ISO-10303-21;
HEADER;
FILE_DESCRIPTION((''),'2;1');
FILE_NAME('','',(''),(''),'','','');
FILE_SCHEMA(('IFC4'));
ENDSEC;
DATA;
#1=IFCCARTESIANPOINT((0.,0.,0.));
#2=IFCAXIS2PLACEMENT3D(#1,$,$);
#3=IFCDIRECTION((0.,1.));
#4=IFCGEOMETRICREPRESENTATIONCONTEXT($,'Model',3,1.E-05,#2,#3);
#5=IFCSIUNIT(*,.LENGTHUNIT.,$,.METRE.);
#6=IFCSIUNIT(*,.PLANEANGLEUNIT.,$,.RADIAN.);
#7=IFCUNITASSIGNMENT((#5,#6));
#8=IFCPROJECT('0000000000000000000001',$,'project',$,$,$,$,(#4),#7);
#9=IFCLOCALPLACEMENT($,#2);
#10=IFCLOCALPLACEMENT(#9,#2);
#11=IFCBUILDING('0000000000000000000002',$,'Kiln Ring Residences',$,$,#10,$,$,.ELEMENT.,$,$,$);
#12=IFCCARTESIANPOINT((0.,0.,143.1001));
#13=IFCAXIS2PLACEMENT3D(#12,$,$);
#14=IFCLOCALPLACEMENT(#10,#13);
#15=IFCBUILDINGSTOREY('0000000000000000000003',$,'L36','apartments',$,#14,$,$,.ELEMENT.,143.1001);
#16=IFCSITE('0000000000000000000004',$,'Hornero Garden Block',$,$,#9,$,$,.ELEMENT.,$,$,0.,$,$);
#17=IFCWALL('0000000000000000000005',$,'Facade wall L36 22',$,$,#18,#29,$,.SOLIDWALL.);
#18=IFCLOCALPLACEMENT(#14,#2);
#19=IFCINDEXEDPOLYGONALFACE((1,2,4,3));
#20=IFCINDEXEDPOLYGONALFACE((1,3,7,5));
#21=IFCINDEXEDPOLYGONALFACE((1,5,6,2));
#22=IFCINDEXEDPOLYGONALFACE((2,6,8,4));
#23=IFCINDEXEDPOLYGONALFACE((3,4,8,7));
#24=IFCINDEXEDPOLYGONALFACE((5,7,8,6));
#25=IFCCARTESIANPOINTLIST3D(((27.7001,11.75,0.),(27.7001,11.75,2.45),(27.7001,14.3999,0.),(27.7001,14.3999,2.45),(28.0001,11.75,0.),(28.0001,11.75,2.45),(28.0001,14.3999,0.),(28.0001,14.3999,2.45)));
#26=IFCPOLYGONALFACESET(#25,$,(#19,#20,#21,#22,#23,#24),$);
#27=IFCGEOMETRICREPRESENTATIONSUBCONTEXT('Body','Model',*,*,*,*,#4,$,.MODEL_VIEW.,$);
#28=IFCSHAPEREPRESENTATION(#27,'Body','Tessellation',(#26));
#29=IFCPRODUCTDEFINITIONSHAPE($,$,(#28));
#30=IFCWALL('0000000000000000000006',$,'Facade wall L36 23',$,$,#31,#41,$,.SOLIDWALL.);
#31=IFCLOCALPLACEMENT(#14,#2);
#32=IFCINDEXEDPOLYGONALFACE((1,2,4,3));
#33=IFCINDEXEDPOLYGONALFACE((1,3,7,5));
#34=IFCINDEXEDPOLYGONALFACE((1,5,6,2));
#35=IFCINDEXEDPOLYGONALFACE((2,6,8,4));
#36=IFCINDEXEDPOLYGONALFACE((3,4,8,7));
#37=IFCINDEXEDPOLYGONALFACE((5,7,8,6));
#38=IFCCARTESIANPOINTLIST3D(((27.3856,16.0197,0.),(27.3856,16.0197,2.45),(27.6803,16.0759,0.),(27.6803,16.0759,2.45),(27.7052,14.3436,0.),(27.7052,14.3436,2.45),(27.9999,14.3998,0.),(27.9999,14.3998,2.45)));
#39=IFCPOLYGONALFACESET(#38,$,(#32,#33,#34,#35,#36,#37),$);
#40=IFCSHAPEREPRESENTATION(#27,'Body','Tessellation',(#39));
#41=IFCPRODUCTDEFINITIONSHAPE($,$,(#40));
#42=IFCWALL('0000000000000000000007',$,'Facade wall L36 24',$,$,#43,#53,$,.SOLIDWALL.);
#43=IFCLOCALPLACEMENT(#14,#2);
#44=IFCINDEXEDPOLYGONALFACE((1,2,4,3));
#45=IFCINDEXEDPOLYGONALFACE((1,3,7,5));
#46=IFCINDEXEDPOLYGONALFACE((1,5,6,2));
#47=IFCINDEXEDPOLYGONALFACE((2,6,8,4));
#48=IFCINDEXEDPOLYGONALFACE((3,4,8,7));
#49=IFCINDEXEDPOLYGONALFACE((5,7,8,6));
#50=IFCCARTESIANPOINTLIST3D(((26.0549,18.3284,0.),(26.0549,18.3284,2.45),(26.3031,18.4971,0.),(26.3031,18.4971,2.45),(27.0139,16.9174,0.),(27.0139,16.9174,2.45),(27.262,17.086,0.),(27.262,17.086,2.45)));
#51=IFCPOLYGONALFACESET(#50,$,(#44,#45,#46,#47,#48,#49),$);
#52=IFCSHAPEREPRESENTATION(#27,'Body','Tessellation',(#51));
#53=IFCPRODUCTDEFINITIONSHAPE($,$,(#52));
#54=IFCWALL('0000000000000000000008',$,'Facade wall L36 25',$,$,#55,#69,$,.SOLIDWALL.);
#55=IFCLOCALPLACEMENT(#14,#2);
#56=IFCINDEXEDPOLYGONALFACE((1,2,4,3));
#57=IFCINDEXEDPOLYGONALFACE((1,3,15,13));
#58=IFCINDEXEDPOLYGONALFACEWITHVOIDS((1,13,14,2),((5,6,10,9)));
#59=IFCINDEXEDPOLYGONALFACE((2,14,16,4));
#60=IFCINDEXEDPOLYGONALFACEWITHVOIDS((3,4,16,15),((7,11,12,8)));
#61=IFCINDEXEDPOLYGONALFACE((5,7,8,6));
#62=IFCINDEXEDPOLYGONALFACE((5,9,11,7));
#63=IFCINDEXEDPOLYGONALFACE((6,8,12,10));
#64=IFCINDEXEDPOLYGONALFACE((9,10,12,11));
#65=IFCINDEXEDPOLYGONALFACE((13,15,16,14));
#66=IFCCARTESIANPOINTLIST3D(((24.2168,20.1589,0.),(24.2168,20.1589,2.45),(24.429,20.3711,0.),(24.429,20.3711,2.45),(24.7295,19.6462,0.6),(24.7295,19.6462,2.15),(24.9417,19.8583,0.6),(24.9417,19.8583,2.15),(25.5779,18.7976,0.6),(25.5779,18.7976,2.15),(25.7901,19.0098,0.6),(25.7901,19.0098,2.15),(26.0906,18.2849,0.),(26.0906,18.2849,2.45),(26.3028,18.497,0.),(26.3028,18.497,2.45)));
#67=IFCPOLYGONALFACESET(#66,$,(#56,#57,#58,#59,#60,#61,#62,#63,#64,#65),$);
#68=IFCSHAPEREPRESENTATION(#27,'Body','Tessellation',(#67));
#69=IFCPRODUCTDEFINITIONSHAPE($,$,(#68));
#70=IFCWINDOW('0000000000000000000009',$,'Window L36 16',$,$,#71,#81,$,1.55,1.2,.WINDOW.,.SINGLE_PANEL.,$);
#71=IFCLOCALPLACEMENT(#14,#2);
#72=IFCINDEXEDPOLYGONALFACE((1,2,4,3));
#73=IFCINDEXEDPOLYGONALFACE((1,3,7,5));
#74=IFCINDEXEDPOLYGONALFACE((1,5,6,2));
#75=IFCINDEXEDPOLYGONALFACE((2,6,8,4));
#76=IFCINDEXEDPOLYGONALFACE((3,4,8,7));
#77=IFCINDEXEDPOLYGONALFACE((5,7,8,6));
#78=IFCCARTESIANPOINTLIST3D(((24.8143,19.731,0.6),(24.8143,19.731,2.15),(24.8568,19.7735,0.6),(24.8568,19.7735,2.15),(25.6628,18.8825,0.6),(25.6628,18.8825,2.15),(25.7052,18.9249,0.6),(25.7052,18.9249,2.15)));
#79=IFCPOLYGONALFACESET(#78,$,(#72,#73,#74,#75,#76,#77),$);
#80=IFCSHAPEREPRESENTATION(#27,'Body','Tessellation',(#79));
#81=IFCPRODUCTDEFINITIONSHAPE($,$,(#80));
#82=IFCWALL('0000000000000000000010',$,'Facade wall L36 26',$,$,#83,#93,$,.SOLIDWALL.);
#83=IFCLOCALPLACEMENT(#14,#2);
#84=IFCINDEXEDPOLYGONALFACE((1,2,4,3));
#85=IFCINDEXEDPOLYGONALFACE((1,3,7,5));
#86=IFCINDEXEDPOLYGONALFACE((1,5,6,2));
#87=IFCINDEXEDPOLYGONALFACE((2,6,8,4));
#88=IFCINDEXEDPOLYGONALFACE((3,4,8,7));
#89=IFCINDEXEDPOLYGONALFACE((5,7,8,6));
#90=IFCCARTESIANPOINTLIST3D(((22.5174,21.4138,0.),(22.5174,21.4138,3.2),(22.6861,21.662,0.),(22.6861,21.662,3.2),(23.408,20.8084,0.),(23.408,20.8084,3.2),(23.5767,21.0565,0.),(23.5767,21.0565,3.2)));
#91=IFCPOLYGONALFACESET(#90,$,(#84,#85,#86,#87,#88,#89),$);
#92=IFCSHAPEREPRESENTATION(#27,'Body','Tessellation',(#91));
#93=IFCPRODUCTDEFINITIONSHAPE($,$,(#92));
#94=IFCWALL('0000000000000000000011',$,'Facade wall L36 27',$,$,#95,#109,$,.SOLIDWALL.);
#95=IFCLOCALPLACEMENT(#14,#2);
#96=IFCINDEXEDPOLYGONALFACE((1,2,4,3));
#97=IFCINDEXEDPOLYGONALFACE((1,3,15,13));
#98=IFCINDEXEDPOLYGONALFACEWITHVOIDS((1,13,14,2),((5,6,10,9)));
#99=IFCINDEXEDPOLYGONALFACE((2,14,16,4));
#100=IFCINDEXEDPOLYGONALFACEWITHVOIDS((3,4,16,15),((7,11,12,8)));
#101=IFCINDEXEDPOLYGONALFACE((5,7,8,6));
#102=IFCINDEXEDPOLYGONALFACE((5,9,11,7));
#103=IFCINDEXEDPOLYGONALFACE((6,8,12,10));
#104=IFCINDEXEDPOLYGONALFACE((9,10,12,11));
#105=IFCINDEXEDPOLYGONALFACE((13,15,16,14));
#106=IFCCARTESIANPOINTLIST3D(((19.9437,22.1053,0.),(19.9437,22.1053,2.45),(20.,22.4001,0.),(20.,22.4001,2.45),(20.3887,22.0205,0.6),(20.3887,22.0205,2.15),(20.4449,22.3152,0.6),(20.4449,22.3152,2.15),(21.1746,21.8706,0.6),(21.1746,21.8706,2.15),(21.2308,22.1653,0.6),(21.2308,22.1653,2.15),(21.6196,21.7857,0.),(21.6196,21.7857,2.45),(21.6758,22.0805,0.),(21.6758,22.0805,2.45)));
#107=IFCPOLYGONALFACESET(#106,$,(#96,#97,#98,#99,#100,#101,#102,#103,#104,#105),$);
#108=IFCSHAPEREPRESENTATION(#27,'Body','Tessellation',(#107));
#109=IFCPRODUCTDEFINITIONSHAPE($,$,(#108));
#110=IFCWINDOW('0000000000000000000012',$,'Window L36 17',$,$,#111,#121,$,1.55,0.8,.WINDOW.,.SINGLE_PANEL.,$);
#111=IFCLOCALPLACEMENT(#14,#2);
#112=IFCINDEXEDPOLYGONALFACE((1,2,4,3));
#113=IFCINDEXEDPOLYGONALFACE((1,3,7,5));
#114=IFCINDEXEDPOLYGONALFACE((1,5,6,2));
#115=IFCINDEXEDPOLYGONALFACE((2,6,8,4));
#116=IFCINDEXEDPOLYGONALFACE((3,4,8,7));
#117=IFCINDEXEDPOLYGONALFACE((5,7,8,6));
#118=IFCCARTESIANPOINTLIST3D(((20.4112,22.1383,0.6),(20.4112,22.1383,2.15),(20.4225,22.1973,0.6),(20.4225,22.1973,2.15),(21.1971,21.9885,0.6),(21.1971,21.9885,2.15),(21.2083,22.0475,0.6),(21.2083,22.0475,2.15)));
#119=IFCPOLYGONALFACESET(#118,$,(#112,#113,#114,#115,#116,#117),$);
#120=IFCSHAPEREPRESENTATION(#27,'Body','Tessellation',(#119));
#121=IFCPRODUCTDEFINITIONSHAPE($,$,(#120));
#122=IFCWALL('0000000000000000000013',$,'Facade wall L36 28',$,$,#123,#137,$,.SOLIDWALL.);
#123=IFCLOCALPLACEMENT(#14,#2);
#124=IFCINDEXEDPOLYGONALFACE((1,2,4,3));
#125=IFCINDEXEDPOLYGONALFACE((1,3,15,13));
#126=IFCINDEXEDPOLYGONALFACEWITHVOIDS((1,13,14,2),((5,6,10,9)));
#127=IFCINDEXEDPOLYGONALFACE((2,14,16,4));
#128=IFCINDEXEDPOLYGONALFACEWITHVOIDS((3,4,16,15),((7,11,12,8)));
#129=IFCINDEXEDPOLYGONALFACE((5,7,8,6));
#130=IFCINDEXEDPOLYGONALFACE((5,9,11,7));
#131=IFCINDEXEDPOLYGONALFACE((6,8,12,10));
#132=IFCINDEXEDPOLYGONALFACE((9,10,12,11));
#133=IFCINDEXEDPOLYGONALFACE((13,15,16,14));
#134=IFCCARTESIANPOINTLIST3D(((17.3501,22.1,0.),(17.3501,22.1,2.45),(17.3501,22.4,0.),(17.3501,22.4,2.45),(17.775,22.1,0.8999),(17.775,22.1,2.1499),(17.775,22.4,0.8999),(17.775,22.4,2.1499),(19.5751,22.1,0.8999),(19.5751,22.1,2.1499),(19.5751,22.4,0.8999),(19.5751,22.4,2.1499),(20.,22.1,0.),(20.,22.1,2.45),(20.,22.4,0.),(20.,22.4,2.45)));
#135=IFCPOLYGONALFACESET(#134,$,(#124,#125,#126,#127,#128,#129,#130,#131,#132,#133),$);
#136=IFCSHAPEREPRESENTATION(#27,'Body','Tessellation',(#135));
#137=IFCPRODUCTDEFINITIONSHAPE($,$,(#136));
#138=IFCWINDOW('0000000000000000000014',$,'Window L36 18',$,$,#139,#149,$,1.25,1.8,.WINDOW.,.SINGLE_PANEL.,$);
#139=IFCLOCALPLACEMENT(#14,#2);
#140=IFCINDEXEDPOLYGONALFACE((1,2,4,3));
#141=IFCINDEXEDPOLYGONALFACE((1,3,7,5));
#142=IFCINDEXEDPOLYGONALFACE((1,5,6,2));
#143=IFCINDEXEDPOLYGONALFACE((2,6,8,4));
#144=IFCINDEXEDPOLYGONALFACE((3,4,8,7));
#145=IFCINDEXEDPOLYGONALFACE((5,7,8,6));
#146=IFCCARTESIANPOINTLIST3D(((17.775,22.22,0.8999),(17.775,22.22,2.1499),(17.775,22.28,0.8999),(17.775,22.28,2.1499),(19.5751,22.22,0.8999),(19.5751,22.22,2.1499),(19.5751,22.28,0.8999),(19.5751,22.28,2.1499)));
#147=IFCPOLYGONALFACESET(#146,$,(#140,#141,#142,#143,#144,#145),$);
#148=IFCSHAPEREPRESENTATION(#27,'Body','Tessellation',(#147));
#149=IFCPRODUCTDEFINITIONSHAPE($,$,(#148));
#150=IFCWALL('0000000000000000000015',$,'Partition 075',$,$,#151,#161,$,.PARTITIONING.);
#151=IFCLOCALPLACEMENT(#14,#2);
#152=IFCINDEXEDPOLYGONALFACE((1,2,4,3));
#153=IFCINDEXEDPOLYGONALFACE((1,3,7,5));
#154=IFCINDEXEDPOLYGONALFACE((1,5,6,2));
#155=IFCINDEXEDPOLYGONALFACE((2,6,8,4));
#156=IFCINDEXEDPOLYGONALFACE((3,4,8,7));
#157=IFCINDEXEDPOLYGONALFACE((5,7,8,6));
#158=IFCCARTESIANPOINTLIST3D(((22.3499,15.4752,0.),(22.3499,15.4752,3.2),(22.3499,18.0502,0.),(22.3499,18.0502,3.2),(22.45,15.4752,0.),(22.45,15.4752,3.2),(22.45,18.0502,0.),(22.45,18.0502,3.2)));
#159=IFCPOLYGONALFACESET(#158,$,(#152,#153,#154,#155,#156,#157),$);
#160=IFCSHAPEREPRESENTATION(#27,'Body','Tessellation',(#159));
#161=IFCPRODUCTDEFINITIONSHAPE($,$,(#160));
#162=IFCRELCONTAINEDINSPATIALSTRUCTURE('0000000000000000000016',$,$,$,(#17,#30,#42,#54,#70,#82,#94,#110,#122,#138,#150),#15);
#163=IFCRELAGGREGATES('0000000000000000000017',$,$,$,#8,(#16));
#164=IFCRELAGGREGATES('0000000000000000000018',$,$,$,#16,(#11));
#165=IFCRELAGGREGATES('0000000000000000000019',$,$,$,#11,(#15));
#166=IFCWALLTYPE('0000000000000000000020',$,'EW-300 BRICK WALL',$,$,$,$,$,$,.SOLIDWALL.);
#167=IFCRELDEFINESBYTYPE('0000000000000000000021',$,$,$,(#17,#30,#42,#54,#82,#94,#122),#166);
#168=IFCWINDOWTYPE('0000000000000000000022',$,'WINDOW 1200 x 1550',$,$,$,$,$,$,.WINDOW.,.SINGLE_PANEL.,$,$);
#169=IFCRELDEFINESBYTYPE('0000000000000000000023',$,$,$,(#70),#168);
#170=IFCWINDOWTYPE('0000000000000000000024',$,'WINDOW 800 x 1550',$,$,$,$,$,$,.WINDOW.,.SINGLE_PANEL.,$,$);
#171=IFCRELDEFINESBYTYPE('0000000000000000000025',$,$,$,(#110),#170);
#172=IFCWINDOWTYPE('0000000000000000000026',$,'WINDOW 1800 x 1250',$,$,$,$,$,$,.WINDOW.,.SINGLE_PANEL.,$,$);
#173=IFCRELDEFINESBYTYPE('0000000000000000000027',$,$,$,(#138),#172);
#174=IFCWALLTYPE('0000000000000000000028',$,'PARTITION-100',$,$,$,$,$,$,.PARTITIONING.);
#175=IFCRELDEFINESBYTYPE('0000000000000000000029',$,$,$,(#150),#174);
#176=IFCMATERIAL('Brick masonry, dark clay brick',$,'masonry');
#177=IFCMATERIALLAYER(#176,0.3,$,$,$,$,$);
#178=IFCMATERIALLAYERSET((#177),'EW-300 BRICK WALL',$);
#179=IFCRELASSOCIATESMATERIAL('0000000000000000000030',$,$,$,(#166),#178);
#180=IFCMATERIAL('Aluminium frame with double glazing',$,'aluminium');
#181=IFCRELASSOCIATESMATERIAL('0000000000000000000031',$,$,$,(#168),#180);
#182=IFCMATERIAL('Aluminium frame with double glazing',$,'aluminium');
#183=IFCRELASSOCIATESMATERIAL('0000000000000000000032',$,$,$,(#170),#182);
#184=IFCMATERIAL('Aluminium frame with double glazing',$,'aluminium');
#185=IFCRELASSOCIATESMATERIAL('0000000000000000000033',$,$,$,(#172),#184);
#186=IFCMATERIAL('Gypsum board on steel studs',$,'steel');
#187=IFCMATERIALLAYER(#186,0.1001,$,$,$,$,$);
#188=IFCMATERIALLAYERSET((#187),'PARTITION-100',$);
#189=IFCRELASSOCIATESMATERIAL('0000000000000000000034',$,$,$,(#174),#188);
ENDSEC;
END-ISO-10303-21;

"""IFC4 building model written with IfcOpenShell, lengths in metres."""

from ifc_helpers import new_model, si_unit, direction, frame, frame_2d, origin, place, context, subcontext, project, spatial, rectangle, extrude, material, layer, layer_set, type_object, element, fill, save


model = new_model("IFC4")

# Units and contexts
model_context = context("Model", 3, precision=1e-05, world=origin(), true_north=direction((0.0, 1.0)))
body_context = subcontext(model_context, "Body", "Model", "MODEL_VIEW")
ifc_project = project(units=[si_unit("LENGTHUNIT", "METRE"), si_unit("PLANEANGLEUNIT", "RADIAN")], contexts=[model_context])

# Site, building, storey
site_placement = place(None, origin())
site = spatial("IfcSite", under=ifc_project, at=site_placement, Name="Hornero Garden Block", CompositionType="ELEMENT", RefElevation=0.0)
building_placement = place(site_placement, origin())
building = spatial("IfcBuilding", under=site, at=building_placement, Name="Kiln Ring Residences", CompositionType="ELEMENT")
storey_placement = place(building_placement, frame((0.0, 0.0, 143.1001)))
storey = spatial("IfcBuildingStorey", under=building, at=storey_placement, Name="L36", Description="apartments", CompositionType="ELEMENT", Elevation=143.1001)

# Walls
ifc_material_1 = material(Name="Brick masonry, dark clay brick", Category="masonry")
ifc_layer_1 = layer(ifc_material_1, 0.3)
ifc_layer_set_1 = layer_set([ifc_layer_1], Name="EW-300 BRICK WALL")
wall_type_1 = type_object("IfcWallType", Name="EW-300 BRICK WALL", PredefinedType="SOLIDWALL", material=ifc_layer_set_1)
wall_1_placement = place(storey_placement, frame((27.8501, 11.75, 0.0), z_axis=(0.0, 0.0, 1.0), x_axis=(0.0, 1.0, 0.0)))
element("IfcWall", 1, at=wall_1_placement, inside=storey, type_object=wall_type_1, Name="Facade wall L36 22", PredefinedType="SOLIDWALL", context=body_context, shape_type="SweptSolid", body=[
    extrude(rectangle(XDim=2.6499, YDim=0.3, at=frame_2d((1.325, 0.0))), origin(), (0.0, 0.0, 1.0), 2.45),
])
wall_2_placement = place(storey_placement, frame((27.8525, 14.3718, 0.0), z_axis=(0.0, 0.0, 1.0), x_axis=(-0.187303, 0.982302, 0.0)))
element("IfcWall", 2, at=wall_2_placement, inside=storey, type_object=wall_type_1, Name="Facade wall L36 23", PredefinedType="SOLIDWALL", context=body_context, shape_type="SweptSolid", body=[
    extrude(rectangle(XDim=1.7063, YDim=0.3, at=frame_2d((0.853, 0.0))), origin(), (0.0, 0.0, 1.0), 2.45),
])
wall_3_placement = place(storey_placement, frame((27.1379, 17.0017, 0.0), z_axis=(0.0, 0.0, 1.0), x_axis=(-0.562075, 0.827086, 0.0)))
element("IfcWall", 3, at=wall_3_placement, inside=storey, type_object=wall_type_1, Name="Facade wall L36 24", PredefinedType="SOLIDWALL", context=body_context, shape_type="SweptSolid", body=[
    extrude(rectangle(XDim=1.7061, YDim=0.3, at=frame_2d((0.853, 0.0))), origin(), (0.0, 0.0, 1.0), 2.45),
])

# Wall, opening, window
wall_4_placement = place(storey_placement, frame((26.1968, 18.3909, 0.0), z_axis=(0.0, 0.0, 1.0), x_axis=(-0.707061, 0.707153, 0.0)))
wall_4 = element("IfcWall", 4, at=wall_4_placement, inside=storey, type_object=wall_type_1, Name="Facade wall L36 25", PredefinedType="SOLIDWALL", context=body_context, shape_type="SweptSolid", body=[
    extrude(rectangle(XDim=2.6501, YDim=0.3, at=frame_2d((1.3252, 0.0))), origin(), (0.0, 0.0, 1.0), 2.45),
])
opening_1_placement = place(wall_4_placement, frame((0.7251, 0.0, 0.6001)))
opening_1 = element("IfcOpeningElement", 5, at=opening_1_placement, cuts=wall_4, PredefinedType="OPENING", context=body_context, shape_type="SweptSolid", body=[
    extrude(rectangle(XDim=1.2, YDim=1.55, at=frame_2d((0.6001, 0.7749))), frame((0.0, 0.1599, 0.0), z_axis=(0.0, -1.0, 0.0), x_axis=(1.0, 0.0, 0.0)), (0.0, 0.0, 1.0), 0.3201),
])
ifc_material_2 = material(Name="Aluminium frame with double glazing", Category="aluminium")
window_type_1 = type_object("IfcWindowType", Name="WINDOW 1200 x 1550", PartitioningType="SINGLE_PANEL", PredefinedType="WINDOW", material=ifc_material_2)
window_1_placement = place(opening_1_placement, origin())
window_1 = element("IfcWindow", 6, at=window_1_placement, inside=storey, type_object=window_type_1, Name="Window L36 16", OverallHeight=1.55, OverallWidth=1.2, PartitioningType="SINGLE_PANEL", PredefinedType="WINDOW", context=body_context, shape_type="SweptSolid", body=[
    extrude(rectangle(XDim=1.2, YDim=1.55, at=frame_2d((0.6001, 0.7749))), frame((0.0, 0.03, 0.0), z_axis=(0.0, -1.0, 0.0), x_axis=(1.0, 0.0, 0.0)), (0.0, 0.0, 1.0), 0.0601),
])
fill(opening_1, window_1)

# Wall
wall_5_placement = place(storey_placement, frame((23.4924, 20.9324, 0.0), z_axis=(0.0, 0.0, 1.0), x_axis=(-0.826994, 0.562211, 0.0)))
element("IfcWall", 7, at=wall_5_placement, inside=storey, type_object=wall_type_1, Name="Facade wall L36 26", PredefinedType="SOLIDWALL", context=body_context, shape_type="SweptSolid", body=[
    extrude(rectangle(XDim=1.0769, YDim=0.3, at=frame_2d((0.5386, 0.0))), origin(), (0.0, 0.0, 1.0), 3.2),
])

# Walls, openings, windows
wall_6_placement = place(storey_placement, frame((21.6477, 21.9331, 0.0), z_axis=(0.0, 0.0, 1.0), x_axis=(-0.982297, 0.187329, 0.0)))
wall_6 = element("IfcWall", 8, at=wall_6_placement, inside=storey, type_object=wall_type_1, Name="Facade wall L36 27", PredefinedType="SOLIDWALL", context=body_context, shape_type="SweptSolid", body=[
    extrude(rectangle(XDim=1.7061, YDim=0.3, at=frame_2d((0.853, 0.0))), origin(), (0.0, 0.0, 1.0), 2.45),
])
opening_2_placement = place(wall_6_placement, frame((0.4531, 0.0, 0.6001)))
opening_2 = element("IfcOpeningElement", 9, at=opening_2_placement, cuts=wall_6, PredefinedType="OPENING", context=body_context, shape_type="SweptSolid", body=[
    extrude(rectangle(XDim=0.8, YDim=1.55, at=frame_2d((0.3999, 0.7749))), frame((0.0, 0.1599, 0.0), z_axis=(0.0, -1.0, 0.0), x_axis=(1.0, 0.0, 0.0)), (0.0, 0.0, 1.0), 0.3201),
])
ifc_material_3 = material(Name="Aluminium frame with double glazing", Category="aluminium")
window_type_2 = type_object("IfcWindowType", Name="WINDOW 800 x 1550", PartitioningType="SINGLE_PANEL", PredefinedType="WINDOW", material=ifc_material_3)
window_2_placement = place(opening_2_placement, origin())
window_2 = element("IfcWindow", 10, at=window_2_placement, inside=storey, type_object=window_type_2, Name="Window L36 17", OverallHeight=1.55, OverallWidth=0.8, PartitioningType="SINGLE_PANEL", PredefinedType="WINDOW", context=body_context, shape_type="SweptSolid", body=[
    extrude(rectangle(XDim=0.8, YDim=1.55, at=frame_2d((0.3999, 0.7749))), frame((0.0, 0.03, 0.0), z_axis=(0.0, -1.0, 0.0), x_axis=(1.0, 0.0, 0.0)), (0.0, 0.0, 1.0), 0.0601),
])
fill(opening_2, window_2)
wall_7_placement = place(storey_placement, frame((20.0, 22.25, 0.0), z_axis=(0.0, 0.0, 1.0), x_axis=(-1.0, 0.0, 0.0)))
wall_7 = element("IfcWall", 11, at=wall_7_placement, inside=storey, type_object=wall_type_1, Name="Facade wall L36 28", PredefinedType="SOLIDWALL", context=body_context, shape_type="SweptSolid", body=[
    extrude(rectangle(XDim=2.6499, YDim=0.3, at=frame_2d((1.325, 0.0))), origin(), (0.0, 0.0, 1.0), 2.45),
])
opening_3_placement = place(wall_7_placement, frame((0.425, 0.0, 0.8999)))
opening_3 = element("IfcOpeningElement", 12, at=opening_3_placement, cuts=wall_7, PredefinedType="OPENING", context=body_context, shape_type="SweptSolid", body=[
    extrude(rectangle(XDim=1.8, YDim=1.25, at=frame_2d((0.8999, 0.625))), frame((0.0, 0.1599, 0.0), z_axis=(0.0, -1.0, 0.0), x_axis=(1.0, 0.0, 0.0)), (0.0, 0.0, 1.0), 0.3201),
])
ifc_material_4 = material(Name="Aluminium frame with double glazing", Category="aluminium")
window_type_3 = type_object("IfcWindowType", Name="WINDOW 1800 x 1250", PartitioningType="SINGLE_PANEL", PredefinedType="WINDOW", material=ifc_material_4)
window_3_placement = place(opening_3_placement, origin())
window_3 = element("IfcWindow", 13, at=window_3_placement, inside=storey, type_object=window_type_3, Name="Window L36 18", OverallHeight=1.25, OverallWidth=1.8, PartitioningType="SINGLE_PANEL", PredefinedType="WINDOW", context=body_context, shape_type="SweptSolid", body=[
    extrude(rectangle(XDim=1.8, YDim=1.25, at=frame_2d((0.8999, 0.625))), frame((0.0, 0.03, 0.0), z_axis=(0.0, -1.0, 0.0), x_axis=(1.0, 0.0, 0.0)), (0.0, 0.0, 1.0), 0.0601),
])
fill(opening_3, window_3)

# Wall
ifc_material_5 = material(Name="Gypsum board on steel studs", Category="steel")
ifc_layer_2 = layer(ifc_material_5, 0.1001)
ifc_layer_set_2 = layer_set([ifc_layer_2], Name="PARTITION-100")
wall_type_2 = type_object("IfcWallType", Name="PARTITION-100", PredefinedType="PARTITIONING", material=ifc_layer_set_2)
wall_8_placement = place(storey_placement, frame((22.3999, 15.4751, 0.0), z_axis=(0.0, 0.0, 1.0), x_axis=(0.0, 1.0, 0.0)))
element("IfcWall", 14, at=wall_8_placement, inside=storey, type_object=wall_type_2, Name="Partition 075", PredefinedType="PARTITIONING", context=body_context, shape_type="SweptSolid", body=[
    extrude(rectangle(XDim=2.575, YDim=0.1001, at=frame_2d((1.2876, 0.0))), origin(), (0.0, 0.0, 1.0), 3.2),
])

save(model, "model.ifc")
